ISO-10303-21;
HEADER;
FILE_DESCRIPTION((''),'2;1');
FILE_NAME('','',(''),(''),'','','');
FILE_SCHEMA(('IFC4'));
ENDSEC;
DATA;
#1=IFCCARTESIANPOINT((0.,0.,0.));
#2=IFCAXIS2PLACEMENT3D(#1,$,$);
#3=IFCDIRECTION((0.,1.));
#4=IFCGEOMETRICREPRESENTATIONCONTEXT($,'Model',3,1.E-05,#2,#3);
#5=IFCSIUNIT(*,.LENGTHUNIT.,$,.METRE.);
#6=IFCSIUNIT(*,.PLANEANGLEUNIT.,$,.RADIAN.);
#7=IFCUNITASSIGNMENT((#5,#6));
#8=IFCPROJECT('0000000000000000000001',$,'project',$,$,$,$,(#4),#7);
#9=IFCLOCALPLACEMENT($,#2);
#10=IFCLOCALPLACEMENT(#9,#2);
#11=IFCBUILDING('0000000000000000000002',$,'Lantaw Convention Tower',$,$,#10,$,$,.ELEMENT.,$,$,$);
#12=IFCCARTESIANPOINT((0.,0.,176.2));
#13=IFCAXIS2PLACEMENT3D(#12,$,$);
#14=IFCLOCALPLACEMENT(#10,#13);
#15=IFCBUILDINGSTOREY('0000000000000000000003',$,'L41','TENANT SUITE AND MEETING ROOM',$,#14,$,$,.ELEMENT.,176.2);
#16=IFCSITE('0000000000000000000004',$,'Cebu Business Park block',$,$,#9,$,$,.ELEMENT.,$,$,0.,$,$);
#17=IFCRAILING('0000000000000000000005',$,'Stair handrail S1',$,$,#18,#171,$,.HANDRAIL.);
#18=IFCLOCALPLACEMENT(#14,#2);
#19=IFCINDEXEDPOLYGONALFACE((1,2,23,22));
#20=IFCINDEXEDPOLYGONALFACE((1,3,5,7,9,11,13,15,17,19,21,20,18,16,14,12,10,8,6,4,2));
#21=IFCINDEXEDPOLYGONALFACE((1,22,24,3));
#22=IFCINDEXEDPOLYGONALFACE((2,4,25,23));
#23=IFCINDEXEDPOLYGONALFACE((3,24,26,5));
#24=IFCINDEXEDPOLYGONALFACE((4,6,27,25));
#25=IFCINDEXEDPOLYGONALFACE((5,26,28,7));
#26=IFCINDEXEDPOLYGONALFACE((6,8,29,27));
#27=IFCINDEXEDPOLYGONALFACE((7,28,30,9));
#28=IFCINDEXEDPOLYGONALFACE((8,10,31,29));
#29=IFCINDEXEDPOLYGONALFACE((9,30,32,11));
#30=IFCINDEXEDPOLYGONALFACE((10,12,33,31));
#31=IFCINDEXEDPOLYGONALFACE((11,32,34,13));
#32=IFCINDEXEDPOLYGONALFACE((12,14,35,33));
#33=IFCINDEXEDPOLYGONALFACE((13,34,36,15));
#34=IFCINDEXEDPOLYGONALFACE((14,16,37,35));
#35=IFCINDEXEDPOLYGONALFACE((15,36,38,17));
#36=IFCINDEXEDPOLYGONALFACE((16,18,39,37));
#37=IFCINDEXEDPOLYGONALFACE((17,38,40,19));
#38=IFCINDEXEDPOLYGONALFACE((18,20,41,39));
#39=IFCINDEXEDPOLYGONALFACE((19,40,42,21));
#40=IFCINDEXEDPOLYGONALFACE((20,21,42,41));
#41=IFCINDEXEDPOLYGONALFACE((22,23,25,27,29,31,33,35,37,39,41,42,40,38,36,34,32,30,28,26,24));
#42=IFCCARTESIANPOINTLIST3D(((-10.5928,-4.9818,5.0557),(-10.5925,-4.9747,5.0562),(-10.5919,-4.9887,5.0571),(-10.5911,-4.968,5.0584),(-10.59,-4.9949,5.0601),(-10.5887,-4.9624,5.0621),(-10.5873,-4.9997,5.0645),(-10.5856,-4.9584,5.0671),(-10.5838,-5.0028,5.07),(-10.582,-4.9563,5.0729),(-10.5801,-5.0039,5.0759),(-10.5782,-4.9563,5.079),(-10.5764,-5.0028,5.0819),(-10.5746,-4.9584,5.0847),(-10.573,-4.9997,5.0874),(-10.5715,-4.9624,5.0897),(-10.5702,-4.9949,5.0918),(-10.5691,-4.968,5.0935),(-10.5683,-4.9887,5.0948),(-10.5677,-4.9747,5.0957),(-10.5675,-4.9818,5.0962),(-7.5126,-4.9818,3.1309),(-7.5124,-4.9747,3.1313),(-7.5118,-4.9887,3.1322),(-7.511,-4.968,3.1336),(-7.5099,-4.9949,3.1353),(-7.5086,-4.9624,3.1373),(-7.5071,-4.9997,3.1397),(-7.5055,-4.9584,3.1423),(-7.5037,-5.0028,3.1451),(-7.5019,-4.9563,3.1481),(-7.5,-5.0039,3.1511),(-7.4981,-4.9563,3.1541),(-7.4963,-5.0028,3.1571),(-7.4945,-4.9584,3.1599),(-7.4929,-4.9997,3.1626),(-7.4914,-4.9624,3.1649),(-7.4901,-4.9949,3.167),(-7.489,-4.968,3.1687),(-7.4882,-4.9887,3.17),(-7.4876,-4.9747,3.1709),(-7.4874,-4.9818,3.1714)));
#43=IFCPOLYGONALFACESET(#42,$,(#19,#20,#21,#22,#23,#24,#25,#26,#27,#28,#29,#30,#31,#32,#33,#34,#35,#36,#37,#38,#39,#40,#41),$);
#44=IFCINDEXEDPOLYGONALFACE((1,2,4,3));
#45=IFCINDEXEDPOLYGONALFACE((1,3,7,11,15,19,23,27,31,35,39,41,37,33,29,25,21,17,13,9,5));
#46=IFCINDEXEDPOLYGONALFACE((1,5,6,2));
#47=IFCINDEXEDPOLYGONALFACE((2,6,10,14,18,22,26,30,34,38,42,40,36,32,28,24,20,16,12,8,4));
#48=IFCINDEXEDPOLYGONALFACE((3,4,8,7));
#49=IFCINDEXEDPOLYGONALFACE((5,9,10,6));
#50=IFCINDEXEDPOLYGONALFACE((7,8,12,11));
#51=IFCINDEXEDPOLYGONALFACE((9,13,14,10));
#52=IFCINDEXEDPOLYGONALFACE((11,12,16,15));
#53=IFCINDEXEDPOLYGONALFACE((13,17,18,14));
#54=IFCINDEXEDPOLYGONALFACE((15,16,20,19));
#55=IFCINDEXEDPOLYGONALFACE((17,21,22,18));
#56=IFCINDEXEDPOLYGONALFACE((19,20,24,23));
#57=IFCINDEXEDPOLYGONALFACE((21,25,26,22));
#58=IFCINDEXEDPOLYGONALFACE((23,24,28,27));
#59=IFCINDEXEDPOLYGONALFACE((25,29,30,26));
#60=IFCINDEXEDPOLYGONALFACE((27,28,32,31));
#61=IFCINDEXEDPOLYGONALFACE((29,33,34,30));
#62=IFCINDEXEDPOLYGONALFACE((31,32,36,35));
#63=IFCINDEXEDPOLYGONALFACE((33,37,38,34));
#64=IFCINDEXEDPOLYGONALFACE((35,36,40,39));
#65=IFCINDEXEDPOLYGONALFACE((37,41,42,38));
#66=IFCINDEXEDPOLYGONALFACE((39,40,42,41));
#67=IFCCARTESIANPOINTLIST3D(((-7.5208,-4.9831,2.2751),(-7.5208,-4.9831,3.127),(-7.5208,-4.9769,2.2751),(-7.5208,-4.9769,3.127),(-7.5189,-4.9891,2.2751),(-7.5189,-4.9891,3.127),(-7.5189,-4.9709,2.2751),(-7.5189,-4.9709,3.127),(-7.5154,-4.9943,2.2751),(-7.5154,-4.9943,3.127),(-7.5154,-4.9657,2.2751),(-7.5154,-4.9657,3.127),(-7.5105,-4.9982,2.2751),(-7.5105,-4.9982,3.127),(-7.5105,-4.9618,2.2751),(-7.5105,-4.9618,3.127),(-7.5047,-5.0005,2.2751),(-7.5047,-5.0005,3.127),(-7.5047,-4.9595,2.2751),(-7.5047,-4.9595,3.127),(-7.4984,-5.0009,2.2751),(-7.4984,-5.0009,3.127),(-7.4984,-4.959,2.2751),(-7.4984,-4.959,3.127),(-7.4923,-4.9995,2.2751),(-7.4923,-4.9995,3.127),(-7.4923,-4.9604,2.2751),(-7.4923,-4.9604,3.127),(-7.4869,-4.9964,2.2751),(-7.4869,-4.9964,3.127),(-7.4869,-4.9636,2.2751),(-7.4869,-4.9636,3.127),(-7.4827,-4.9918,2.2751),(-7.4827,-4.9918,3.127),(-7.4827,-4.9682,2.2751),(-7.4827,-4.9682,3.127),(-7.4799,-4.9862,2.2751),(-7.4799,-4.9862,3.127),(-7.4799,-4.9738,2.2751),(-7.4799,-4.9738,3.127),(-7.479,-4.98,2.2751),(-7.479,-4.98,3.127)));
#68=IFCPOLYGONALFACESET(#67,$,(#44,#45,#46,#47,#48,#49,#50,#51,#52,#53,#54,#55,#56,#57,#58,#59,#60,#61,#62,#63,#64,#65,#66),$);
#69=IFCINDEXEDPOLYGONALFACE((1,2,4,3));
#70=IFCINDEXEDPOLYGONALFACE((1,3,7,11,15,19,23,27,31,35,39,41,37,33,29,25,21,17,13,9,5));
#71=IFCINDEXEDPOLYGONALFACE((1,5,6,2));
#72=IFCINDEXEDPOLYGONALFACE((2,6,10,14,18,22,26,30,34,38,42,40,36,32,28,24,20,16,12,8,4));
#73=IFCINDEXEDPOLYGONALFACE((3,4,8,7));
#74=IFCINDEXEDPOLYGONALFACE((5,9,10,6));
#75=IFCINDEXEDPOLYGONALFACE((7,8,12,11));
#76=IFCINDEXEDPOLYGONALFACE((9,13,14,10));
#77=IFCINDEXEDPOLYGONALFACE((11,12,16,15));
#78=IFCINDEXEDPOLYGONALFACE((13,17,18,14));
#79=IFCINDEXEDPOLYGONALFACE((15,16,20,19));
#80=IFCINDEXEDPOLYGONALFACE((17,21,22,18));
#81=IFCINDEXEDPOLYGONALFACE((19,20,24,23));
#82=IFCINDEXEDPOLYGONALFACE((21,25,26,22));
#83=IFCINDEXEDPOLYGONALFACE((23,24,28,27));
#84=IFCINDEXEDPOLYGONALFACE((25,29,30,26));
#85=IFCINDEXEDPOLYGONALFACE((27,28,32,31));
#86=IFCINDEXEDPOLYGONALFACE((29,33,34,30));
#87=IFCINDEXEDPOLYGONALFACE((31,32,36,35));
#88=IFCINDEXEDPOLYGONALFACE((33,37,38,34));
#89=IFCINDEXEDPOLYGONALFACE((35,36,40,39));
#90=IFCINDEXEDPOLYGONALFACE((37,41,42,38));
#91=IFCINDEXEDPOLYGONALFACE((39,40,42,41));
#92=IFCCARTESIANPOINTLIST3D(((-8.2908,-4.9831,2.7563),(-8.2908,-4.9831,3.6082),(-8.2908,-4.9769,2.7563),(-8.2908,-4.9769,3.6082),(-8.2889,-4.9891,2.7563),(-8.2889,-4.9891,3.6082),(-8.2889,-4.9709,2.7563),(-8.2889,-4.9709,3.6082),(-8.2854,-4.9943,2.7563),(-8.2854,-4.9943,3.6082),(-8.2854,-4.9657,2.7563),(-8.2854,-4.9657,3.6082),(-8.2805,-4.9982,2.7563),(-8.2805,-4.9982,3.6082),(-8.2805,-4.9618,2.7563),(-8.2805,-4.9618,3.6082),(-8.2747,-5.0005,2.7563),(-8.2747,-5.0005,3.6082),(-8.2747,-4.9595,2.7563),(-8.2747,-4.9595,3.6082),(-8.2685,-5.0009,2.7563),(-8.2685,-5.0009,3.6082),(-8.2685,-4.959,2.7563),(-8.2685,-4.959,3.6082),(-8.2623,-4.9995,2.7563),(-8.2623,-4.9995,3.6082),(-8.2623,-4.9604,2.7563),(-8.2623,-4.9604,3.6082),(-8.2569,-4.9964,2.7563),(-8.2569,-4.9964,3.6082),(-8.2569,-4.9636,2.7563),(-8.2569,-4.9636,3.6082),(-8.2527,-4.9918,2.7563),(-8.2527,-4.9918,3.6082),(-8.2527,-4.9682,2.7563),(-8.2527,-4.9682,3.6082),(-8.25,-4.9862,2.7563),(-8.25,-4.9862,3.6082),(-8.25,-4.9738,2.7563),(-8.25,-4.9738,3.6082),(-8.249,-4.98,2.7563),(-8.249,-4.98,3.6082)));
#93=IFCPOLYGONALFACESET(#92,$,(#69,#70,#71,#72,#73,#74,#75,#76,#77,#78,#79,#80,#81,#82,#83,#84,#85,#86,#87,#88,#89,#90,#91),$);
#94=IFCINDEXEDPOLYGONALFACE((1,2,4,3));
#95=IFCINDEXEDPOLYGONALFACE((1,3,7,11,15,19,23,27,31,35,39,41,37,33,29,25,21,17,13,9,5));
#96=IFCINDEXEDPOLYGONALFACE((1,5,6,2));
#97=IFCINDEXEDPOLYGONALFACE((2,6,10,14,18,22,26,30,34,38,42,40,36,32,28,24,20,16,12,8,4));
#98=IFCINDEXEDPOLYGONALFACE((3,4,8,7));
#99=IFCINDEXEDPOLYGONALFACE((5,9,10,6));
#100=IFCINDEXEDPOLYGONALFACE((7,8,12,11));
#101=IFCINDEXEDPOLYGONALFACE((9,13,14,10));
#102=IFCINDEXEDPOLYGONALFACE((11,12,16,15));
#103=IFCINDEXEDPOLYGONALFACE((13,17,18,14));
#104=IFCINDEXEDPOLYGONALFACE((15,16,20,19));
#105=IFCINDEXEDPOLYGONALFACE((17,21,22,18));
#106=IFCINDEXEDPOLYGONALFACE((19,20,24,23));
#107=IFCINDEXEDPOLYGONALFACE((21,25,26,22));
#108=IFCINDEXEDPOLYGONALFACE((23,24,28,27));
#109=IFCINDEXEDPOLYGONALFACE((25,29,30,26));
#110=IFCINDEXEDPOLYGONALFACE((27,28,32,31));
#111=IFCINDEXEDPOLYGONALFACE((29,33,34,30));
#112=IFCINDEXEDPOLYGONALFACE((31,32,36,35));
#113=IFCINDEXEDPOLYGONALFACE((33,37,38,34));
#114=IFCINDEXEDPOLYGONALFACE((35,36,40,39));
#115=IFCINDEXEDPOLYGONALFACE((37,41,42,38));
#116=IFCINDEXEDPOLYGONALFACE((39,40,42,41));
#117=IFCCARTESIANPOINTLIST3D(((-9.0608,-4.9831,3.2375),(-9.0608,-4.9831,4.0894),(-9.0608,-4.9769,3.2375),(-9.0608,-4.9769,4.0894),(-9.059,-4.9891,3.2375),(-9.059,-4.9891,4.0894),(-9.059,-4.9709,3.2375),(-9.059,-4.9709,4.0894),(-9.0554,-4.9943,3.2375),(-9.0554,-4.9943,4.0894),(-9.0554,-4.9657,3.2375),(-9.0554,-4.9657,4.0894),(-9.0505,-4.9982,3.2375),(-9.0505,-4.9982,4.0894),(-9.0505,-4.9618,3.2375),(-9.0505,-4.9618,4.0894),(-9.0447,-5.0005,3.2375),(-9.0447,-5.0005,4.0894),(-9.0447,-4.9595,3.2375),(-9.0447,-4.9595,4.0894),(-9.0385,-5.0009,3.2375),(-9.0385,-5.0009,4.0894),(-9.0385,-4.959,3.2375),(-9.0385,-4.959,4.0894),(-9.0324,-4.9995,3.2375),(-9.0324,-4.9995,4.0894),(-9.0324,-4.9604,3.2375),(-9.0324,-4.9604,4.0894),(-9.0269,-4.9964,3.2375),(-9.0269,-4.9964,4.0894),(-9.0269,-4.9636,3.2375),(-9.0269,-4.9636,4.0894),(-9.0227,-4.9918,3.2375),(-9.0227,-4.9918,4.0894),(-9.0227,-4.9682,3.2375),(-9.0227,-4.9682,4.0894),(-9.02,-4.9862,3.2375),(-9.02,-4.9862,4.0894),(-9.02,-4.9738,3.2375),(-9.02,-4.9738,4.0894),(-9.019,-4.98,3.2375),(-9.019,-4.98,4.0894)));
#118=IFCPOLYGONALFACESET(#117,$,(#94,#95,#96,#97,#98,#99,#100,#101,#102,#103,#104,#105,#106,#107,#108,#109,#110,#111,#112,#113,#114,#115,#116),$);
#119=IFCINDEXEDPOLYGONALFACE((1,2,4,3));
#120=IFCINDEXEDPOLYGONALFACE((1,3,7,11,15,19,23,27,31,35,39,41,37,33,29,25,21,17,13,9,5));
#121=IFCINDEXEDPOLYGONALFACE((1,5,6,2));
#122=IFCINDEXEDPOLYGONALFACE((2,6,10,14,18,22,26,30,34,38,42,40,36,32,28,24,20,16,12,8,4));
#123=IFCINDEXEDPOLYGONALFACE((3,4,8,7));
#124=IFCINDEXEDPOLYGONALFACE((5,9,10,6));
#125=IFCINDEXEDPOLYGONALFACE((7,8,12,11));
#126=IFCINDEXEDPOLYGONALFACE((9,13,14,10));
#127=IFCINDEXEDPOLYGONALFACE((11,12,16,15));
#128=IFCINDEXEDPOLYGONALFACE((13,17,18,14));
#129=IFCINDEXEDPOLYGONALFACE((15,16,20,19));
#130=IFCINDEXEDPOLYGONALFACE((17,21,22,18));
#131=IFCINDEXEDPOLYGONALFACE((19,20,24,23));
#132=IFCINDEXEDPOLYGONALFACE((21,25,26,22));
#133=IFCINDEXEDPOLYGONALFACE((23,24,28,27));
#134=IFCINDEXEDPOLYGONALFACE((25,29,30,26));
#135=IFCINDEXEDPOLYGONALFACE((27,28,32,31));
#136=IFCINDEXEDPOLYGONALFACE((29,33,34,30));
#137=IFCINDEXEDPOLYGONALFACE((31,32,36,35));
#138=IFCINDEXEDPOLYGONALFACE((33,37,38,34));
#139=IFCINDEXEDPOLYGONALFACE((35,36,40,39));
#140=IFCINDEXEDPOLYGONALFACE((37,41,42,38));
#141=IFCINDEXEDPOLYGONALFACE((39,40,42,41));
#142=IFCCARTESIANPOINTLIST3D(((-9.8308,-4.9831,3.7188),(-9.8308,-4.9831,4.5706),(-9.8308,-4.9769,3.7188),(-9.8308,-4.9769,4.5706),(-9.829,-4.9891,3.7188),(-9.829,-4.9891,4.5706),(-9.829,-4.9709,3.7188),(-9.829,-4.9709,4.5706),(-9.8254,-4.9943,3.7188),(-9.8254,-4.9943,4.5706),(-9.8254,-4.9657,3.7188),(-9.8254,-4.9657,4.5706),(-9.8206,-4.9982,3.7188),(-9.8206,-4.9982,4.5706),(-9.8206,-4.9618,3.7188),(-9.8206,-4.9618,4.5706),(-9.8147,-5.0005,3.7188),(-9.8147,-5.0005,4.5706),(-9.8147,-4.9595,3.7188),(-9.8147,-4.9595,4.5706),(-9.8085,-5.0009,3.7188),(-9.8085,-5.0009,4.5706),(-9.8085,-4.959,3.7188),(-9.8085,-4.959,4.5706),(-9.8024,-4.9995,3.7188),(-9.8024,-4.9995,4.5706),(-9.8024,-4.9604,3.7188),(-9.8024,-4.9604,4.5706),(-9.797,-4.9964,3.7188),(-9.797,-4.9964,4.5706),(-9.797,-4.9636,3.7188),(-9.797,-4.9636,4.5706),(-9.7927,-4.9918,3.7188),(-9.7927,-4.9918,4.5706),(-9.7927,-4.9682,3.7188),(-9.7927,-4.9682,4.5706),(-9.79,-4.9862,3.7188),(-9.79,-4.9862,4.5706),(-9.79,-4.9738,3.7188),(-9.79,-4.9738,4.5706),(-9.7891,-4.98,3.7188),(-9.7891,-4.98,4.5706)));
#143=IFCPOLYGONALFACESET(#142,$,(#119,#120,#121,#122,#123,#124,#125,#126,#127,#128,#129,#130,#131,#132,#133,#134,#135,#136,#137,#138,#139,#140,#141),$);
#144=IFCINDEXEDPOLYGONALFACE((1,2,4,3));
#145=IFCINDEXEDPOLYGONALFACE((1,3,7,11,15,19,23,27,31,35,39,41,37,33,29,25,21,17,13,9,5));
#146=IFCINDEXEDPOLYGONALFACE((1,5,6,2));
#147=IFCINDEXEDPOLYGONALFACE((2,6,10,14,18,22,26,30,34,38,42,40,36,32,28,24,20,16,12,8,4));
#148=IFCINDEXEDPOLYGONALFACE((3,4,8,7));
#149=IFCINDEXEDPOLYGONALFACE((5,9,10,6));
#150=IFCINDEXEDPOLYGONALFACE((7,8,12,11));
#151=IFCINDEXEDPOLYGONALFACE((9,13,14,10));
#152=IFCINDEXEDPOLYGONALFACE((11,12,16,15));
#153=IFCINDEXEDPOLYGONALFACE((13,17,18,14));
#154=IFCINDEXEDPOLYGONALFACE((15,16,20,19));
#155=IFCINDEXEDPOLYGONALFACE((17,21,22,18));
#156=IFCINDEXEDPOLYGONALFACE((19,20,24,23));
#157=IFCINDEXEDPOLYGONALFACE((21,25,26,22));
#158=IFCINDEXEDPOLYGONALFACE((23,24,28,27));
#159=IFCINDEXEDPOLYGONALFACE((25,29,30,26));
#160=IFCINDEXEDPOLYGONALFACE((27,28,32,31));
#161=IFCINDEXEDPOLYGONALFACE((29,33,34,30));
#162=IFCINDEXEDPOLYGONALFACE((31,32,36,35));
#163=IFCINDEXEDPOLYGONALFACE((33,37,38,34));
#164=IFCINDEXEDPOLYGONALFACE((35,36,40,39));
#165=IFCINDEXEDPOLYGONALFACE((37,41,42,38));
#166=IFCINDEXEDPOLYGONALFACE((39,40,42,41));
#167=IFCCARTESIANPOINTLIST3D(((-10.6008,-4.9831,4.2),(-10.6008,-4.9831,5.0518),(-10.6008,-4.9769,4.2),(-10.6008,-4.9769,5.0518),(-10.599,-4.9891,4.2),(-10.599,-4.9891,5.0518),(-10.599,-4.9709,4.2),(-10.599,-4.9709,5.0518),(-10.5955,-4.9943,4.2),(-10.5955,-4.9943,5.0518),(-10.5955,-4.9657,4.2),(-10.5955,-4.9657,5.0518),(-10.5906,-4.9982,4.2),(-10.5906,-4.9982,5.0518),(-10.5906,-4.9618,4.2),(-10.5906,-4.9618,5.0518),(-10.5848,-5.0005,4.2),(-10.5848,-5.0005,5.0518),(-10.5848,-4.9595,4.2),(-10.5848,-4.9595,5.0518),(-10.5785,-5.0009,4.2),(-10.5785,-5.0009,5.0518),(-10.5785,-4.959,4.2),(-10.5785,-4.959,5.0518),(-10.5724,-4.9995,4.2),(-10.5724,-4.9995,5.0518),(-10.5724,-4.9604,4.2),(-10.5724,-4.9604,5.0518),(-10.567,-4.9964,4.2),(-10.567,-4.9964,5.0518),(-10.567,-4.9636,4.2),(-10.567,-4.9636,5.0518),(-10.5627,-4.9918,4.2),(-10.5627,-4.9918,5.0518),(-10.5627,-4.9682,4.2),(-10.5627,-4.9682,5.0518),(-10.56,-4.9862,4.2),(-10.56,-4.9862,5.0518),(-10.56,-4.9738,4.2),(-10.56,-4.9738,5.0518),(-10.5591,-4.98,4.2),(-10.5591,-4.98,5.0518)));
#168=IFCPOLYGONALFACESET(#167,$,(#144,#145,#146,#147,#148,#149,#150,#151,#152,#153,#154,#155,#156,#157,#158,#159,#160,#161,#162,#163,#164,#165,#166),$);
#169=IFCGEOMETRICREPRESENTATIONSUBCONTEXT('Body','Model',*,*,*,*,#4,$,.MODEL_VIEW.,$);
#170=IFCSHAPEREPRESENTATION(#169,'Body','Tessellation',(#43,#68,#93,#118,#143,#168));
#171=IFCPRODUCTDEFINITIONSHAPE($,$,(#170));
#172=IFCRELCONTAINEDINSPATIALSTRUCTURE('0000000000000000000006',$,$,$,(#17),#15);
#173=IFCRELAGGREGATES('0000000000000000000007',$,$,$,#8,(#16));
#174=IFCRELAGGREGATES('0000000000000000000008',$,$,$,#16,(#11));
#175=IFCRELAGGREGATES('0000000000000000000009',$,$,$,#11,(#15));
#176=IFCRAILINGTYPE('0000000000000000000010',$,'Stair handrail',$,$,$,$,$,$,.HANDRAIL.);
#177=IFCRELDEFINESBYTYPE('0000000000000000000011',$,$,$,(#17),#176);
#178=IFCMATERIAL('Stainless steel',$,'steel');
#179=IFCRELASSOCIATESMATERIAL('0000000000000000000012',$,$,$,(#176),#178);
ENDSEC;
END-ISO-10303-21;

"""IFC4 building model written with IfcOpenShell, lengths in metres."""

from ifc_helpers import new_model, si_unit, direction, frame, origin, origin_2d, place, context, subcontext, project, spatial, circle, extrude, material, type_object, element, save


model = new_model("IFC4")

# Units and contexts
model_context = context("Model", 3, precision=1e-05, world=origin(), true_north=direction((0.0, 1.0)))
body_context = subcontext(model_context, "Body", "Model", "MODEL_VIEW")
ifc_project = project(units=[si_unit("LENGTHUNIT", "METRE"), si_unit("PLANEANGLEUNIT", "RADIAN")], contexts=[model_context])

# Site, building, storey
site_placement = place(None, origin())
site = spatial("IfcSite", under=ifc_project, at=site_placement, Name="Cebu Business Park block", CompositionType="ELEMENT", RefElevation=0.0)
building_placement = place(site_placement, origin())
building = spatial("IfcBuilding", under=site, at=building_placement, Name="Lantaw Convention Tower", CompositionType="ELEMENT")
storey_placement = place(building_placement, frame((0.0, 0.0, 176.2)))
storey = spatial("IfcBuildingStorey", under=building, at=storey_placement, Name="L41", Description="TENANT SUITE AND MEETING ROOM", CompositionType="ELEMENT", Elevation=176.2)

# Railing
ifc_material_1 = material(Name="Stainless steel", Category="steel")
railing_type = type_object("IfcRailingType", Name="Stair handrail", PredefinedType="HANDRAIL", material=ifc_material_1)
railing_1_placement = place(storey_placement, frame((-7.5, -4.98, 2.2751)))
element("IfcRailing", 1, at=railing_1_placement, inside=storey, type_object=railing_type, Name="Stair handrail S1", PredefinedType="HANDRAIL", context=body_context, shape_type="SweptSolid", body=[
    extrude(circle(Radius=0.0239, at=origin_2d()), frame((0.0, 0.0, 0.876), z_axis=(-0.848029, 0.0, 0.529951), x_axis=(0.0, -1.0, 0.0)), (0.0, 0.0, 1.0), 3.6321),
    extrude(circle(Radius=0.021, at=origin_2d()), origin(), (0.0, 0.0, 1.0), 0.8518),
    extrude(circle(Radius=0.021, at=origin_2d()), frame((-0.77, 0.0, 0.4812)), (0.0, 0.0, 1.0), 0.8518),
    extrude(circle(Radius=0.021, at=origin_2d()), frame((-1.54, 0.0, 0.9624)), (0.0, 0.0, 1.0), 0.8518),
    extrude(circle(Radius=0.021, at=origin_2d()), frame((-2.3101, 0.0, 1.4436)), (0.0, 0.0, 1.0), 0.8518),
    extrude(circle(Radius=0.021, at=origin_2d()), frame((-3.0801, 0.0, 1.9248)), (0.0, 0.0, 1.0), 0.8518),
])

save(model, "model.ifc")
